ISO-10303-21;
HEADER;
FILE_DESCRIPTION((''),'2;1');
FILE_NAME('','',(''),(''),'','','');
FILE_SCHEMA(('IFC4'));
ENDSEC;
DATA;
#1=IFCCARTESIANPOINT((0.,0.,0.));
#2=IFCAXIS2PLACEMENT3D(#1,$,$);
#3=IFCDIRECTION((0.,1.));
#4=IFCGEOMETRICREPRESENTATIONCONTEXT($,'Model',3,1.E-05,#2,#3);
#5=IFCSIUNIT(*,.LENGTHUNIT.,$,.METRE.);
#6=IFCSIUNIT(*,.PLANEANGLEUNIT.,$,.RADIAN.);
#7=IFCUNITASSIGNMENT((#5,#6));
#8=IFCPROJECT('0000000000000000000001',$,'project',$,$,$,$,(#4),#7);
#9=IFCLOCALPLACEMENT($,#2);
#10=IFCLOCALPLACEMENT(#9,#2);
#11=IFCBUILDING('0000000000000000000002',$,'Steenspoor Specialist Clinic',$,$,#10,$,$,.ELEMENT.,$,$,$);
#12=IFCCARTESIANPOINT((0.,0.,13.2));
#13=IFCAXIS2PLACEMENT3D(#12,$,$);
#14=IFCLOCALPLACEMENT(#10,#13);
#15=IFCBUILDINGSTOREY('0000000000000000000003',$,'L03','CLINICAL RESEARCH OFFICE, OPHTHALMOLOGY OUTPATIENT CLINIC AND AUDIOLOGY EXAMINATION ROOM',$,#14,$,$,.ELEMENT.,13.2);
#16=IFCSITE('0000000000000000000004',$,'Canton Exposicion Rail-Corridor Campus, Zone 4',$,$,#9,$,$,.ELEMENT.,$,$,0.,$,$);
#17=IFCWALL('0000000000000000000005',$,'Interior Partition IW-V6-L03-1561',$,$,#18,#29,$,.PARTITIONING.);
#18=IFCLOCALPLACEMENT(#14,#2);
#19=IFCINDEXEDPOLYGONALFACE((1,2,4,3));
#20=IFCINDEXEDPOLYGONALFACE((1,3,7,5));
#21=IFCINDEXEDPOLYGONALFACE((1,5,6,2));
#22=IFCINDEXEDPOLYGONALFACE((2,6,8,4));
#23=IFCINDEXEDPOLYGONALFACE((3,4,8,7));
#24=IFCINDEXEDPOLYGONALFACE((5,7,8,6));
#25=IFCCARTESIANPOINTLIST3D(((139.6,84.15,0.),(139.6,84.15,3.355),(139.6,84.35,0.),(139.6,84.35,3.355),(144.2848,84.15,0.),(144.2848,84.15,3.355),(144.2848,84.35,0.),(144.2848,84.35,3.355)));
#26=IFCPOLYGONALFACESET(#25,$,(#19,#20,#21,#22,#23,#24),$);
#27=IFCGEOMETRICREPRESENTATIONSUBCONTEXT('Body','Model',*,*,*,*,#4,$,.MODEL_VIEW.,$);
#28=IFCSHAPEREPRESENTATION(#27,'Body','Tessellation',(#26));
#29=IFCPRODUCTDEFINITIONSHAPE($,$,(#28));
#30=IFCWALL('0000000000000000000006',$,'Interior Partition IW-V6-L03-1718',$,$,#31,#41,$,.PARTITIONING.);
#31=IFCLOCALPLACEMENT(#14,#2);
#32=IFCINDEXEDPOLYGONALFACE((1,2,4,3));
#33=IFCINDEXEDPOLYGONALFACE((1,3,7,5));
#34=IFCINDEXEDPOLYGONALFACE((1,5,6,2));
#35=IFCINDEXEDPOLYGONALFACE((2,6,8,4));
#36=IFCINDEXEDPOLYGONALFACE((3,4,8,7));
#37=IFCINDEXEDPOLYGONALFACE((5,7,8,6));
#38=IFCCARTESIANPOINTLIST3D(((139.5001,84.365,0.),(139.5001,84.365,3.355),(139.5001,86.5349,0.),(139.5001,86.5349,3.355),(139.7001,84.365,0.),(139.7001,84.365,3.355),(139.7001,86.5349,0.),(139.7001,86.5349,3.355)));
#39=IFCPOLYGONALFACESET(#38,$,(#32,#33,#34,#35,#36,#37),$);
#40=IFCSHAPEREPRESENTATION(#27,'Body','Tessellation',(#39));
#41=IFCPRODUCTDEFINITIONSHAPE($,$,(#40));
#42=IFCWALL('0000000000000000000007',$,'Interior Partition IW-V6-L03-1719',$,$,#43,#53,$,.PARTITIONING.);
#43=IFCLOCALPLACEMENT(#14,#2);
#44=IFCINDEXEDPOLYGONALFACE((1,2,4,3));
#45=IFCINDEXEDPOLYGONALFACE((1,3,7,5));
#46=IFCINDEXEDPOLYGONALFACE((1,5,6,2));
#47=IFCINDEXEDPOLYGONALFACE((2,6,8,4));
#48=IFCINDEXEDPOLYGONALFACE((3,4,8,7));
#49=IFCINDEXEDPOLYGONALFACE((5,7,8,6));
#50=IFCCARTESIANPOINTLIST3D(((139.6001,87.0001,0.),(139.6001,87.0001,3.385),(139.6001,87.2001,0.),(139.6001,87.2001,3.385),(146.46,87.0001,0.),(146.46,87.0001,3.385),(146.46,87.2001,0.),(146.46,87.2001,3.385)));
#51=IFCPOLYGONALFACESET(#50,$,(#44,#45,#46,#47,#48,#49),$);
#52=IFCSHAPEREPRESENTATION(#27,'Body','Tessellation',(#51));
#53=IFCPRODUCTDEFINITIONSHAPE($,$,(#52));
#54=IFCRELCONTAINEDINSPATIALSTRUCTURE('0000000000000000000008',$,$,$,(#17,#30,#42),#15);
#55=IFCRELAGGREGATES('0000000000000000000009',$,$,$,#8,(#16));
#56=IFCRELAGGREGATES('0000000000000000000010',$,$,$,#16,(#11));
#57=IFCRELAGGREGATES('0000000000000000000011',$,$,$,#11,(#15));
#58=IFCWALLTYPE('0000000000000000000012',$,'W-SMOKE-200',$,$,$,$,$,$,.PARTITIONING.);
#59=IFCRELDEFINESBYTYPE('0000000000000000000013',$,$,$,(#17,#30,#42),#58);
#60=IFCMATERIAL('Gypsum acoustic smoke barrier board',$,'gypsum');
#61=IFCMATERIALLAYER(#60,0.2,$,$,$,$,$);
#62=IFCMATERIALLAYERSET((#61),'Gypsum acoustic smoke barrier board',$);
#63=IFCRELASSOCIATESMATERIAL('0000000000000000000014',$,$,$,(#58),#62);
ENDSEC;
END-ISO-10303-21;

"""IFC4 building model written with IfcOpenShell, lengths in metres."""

from ifc_helpers import new_model, si_unit, direction, frame, frame_2d, origin, place, context, subcontext, project, spatial, rectangle, extrude, material, layer, layer_set, type_object, element, save


model = new_model("IFC4")

# Units and contexts
model_context = context("Model", 3, precision=1e-05, world=origin(), true_north=direction((0.0, 1.0)))
body_context = subcontext(model_context, "Body", "Model", "MODEL_VIEW")
ifc_project = project(units=[si_unit("LENGTHUNIT", "METRE"), si_unit("PLANEANGLEUNIT", "RADIAN")], contexts=[model_context])

# Site, building, storey
site_placement = place(None, origin())
site = spatial("IfcSite", under=ifc_project, at=site_placement, Name="Canton Exposicion Rail-Corridor Campus, Zone 4", CompositionType="ELEMENT", RefElevation=0.0)
building_placement = place(site_placement, origin())
building = spatial("IfcBuilding", under=site, at=building_placement, Name="Steenspoor Specialist Clinic", CompositionType="ELEMENT")
storey_placement = place(building_placement, frame((0.0, 0.0, 13.2)))
storey = spatial("IfcBuildingStorey", under=building, at=storey_placement, Name="L03", Description="CLINICAL RESEARCH OFFICE, OPHTHALMOLOGY OUTPATIENT CLINIC AND AUDIOLOGY EXAMINATION ROOM", CompositionType="ELEMENT", Elevation=13.2)

# Walls
ifc_material_1 = material(Name="Gypsum acoustic smoke barrier board", Category="gypsum")
ifc_layer_1 = layer(ifc_material_1, 0.2)
ifc_layer_set_1 = layer_set([ifc_layer_1], Name="Gypsum acoustic smoke barrier board")
wall_type_1 = type_object("IfcWallType", Name="W-SMOKE-200", PredefinedType="PARTITIONING", material=ifc_layer_set_1)
wall_1_placement = place(storey_placement, frame((139.6001, 84.25, 0.0), z_axis=(0.0, 0.0, 1.0), x_axis=(1.0, 0.0, 0.0)))
element("IfcWall", 1, at=wall_1_placement, inside=storey, type_object=wall_type_1, Name="Interior Partition IW-V6-L03-1561", PredefinedType="PARTITIONING", context=body_context, shape_type="SweptSolid", body=[
    extrude(rectangle(XDim=4.6848, YDim=0.2, at=frame_2d((2.3423, 0.0))), origin(), (0.0, 0.0, 1.0), 3.355),
])
wall_2_placement = place(storey_placement, frame((139.6001, 84.365, 0.0), z_axis=(0.0, 0.0, 1.0), x_axis=(0.0, 1.0, 0.0)))
element("IfcWall", 2, at=wall_2_placement, inside=storey, type_object=wall_type_1, Name="Interior Partition IW-V6-L03-1718", PredefinedType="PARTITIONING", context=body_context, shape_type="SweptSolid", body=[
    extrude(rectangle(XDim=2.1699, YDim=0.2, at=frame_2d((1.085, 0.0))), origin(), (0.0, 0.0, 1.0), 3.355),
])
wall_3_placement = place(storey_placement, frame((139.6001, 87.1001, 0.0), z_axis=(0.0, 0.0, 1.0), x_axis=(1.0, 0.0, 0.0)))
element("IfcWall", 3, at=wall_3_placement, inside=storey, type_object=wall_type_1, Name="Interior Partition IW-V6-L03-1719", PredefinedType="PARTITIONING", context=body_context, shape_type="SweptSolid", body=[
    extrude(rectangle(XDim=6.8599, YDim=0.2, at=frame_2d((3.4299, 0.0))), origin(), (0.0, 0.0, 1.0), 3.385),
])

save(model, "model.ifc")
